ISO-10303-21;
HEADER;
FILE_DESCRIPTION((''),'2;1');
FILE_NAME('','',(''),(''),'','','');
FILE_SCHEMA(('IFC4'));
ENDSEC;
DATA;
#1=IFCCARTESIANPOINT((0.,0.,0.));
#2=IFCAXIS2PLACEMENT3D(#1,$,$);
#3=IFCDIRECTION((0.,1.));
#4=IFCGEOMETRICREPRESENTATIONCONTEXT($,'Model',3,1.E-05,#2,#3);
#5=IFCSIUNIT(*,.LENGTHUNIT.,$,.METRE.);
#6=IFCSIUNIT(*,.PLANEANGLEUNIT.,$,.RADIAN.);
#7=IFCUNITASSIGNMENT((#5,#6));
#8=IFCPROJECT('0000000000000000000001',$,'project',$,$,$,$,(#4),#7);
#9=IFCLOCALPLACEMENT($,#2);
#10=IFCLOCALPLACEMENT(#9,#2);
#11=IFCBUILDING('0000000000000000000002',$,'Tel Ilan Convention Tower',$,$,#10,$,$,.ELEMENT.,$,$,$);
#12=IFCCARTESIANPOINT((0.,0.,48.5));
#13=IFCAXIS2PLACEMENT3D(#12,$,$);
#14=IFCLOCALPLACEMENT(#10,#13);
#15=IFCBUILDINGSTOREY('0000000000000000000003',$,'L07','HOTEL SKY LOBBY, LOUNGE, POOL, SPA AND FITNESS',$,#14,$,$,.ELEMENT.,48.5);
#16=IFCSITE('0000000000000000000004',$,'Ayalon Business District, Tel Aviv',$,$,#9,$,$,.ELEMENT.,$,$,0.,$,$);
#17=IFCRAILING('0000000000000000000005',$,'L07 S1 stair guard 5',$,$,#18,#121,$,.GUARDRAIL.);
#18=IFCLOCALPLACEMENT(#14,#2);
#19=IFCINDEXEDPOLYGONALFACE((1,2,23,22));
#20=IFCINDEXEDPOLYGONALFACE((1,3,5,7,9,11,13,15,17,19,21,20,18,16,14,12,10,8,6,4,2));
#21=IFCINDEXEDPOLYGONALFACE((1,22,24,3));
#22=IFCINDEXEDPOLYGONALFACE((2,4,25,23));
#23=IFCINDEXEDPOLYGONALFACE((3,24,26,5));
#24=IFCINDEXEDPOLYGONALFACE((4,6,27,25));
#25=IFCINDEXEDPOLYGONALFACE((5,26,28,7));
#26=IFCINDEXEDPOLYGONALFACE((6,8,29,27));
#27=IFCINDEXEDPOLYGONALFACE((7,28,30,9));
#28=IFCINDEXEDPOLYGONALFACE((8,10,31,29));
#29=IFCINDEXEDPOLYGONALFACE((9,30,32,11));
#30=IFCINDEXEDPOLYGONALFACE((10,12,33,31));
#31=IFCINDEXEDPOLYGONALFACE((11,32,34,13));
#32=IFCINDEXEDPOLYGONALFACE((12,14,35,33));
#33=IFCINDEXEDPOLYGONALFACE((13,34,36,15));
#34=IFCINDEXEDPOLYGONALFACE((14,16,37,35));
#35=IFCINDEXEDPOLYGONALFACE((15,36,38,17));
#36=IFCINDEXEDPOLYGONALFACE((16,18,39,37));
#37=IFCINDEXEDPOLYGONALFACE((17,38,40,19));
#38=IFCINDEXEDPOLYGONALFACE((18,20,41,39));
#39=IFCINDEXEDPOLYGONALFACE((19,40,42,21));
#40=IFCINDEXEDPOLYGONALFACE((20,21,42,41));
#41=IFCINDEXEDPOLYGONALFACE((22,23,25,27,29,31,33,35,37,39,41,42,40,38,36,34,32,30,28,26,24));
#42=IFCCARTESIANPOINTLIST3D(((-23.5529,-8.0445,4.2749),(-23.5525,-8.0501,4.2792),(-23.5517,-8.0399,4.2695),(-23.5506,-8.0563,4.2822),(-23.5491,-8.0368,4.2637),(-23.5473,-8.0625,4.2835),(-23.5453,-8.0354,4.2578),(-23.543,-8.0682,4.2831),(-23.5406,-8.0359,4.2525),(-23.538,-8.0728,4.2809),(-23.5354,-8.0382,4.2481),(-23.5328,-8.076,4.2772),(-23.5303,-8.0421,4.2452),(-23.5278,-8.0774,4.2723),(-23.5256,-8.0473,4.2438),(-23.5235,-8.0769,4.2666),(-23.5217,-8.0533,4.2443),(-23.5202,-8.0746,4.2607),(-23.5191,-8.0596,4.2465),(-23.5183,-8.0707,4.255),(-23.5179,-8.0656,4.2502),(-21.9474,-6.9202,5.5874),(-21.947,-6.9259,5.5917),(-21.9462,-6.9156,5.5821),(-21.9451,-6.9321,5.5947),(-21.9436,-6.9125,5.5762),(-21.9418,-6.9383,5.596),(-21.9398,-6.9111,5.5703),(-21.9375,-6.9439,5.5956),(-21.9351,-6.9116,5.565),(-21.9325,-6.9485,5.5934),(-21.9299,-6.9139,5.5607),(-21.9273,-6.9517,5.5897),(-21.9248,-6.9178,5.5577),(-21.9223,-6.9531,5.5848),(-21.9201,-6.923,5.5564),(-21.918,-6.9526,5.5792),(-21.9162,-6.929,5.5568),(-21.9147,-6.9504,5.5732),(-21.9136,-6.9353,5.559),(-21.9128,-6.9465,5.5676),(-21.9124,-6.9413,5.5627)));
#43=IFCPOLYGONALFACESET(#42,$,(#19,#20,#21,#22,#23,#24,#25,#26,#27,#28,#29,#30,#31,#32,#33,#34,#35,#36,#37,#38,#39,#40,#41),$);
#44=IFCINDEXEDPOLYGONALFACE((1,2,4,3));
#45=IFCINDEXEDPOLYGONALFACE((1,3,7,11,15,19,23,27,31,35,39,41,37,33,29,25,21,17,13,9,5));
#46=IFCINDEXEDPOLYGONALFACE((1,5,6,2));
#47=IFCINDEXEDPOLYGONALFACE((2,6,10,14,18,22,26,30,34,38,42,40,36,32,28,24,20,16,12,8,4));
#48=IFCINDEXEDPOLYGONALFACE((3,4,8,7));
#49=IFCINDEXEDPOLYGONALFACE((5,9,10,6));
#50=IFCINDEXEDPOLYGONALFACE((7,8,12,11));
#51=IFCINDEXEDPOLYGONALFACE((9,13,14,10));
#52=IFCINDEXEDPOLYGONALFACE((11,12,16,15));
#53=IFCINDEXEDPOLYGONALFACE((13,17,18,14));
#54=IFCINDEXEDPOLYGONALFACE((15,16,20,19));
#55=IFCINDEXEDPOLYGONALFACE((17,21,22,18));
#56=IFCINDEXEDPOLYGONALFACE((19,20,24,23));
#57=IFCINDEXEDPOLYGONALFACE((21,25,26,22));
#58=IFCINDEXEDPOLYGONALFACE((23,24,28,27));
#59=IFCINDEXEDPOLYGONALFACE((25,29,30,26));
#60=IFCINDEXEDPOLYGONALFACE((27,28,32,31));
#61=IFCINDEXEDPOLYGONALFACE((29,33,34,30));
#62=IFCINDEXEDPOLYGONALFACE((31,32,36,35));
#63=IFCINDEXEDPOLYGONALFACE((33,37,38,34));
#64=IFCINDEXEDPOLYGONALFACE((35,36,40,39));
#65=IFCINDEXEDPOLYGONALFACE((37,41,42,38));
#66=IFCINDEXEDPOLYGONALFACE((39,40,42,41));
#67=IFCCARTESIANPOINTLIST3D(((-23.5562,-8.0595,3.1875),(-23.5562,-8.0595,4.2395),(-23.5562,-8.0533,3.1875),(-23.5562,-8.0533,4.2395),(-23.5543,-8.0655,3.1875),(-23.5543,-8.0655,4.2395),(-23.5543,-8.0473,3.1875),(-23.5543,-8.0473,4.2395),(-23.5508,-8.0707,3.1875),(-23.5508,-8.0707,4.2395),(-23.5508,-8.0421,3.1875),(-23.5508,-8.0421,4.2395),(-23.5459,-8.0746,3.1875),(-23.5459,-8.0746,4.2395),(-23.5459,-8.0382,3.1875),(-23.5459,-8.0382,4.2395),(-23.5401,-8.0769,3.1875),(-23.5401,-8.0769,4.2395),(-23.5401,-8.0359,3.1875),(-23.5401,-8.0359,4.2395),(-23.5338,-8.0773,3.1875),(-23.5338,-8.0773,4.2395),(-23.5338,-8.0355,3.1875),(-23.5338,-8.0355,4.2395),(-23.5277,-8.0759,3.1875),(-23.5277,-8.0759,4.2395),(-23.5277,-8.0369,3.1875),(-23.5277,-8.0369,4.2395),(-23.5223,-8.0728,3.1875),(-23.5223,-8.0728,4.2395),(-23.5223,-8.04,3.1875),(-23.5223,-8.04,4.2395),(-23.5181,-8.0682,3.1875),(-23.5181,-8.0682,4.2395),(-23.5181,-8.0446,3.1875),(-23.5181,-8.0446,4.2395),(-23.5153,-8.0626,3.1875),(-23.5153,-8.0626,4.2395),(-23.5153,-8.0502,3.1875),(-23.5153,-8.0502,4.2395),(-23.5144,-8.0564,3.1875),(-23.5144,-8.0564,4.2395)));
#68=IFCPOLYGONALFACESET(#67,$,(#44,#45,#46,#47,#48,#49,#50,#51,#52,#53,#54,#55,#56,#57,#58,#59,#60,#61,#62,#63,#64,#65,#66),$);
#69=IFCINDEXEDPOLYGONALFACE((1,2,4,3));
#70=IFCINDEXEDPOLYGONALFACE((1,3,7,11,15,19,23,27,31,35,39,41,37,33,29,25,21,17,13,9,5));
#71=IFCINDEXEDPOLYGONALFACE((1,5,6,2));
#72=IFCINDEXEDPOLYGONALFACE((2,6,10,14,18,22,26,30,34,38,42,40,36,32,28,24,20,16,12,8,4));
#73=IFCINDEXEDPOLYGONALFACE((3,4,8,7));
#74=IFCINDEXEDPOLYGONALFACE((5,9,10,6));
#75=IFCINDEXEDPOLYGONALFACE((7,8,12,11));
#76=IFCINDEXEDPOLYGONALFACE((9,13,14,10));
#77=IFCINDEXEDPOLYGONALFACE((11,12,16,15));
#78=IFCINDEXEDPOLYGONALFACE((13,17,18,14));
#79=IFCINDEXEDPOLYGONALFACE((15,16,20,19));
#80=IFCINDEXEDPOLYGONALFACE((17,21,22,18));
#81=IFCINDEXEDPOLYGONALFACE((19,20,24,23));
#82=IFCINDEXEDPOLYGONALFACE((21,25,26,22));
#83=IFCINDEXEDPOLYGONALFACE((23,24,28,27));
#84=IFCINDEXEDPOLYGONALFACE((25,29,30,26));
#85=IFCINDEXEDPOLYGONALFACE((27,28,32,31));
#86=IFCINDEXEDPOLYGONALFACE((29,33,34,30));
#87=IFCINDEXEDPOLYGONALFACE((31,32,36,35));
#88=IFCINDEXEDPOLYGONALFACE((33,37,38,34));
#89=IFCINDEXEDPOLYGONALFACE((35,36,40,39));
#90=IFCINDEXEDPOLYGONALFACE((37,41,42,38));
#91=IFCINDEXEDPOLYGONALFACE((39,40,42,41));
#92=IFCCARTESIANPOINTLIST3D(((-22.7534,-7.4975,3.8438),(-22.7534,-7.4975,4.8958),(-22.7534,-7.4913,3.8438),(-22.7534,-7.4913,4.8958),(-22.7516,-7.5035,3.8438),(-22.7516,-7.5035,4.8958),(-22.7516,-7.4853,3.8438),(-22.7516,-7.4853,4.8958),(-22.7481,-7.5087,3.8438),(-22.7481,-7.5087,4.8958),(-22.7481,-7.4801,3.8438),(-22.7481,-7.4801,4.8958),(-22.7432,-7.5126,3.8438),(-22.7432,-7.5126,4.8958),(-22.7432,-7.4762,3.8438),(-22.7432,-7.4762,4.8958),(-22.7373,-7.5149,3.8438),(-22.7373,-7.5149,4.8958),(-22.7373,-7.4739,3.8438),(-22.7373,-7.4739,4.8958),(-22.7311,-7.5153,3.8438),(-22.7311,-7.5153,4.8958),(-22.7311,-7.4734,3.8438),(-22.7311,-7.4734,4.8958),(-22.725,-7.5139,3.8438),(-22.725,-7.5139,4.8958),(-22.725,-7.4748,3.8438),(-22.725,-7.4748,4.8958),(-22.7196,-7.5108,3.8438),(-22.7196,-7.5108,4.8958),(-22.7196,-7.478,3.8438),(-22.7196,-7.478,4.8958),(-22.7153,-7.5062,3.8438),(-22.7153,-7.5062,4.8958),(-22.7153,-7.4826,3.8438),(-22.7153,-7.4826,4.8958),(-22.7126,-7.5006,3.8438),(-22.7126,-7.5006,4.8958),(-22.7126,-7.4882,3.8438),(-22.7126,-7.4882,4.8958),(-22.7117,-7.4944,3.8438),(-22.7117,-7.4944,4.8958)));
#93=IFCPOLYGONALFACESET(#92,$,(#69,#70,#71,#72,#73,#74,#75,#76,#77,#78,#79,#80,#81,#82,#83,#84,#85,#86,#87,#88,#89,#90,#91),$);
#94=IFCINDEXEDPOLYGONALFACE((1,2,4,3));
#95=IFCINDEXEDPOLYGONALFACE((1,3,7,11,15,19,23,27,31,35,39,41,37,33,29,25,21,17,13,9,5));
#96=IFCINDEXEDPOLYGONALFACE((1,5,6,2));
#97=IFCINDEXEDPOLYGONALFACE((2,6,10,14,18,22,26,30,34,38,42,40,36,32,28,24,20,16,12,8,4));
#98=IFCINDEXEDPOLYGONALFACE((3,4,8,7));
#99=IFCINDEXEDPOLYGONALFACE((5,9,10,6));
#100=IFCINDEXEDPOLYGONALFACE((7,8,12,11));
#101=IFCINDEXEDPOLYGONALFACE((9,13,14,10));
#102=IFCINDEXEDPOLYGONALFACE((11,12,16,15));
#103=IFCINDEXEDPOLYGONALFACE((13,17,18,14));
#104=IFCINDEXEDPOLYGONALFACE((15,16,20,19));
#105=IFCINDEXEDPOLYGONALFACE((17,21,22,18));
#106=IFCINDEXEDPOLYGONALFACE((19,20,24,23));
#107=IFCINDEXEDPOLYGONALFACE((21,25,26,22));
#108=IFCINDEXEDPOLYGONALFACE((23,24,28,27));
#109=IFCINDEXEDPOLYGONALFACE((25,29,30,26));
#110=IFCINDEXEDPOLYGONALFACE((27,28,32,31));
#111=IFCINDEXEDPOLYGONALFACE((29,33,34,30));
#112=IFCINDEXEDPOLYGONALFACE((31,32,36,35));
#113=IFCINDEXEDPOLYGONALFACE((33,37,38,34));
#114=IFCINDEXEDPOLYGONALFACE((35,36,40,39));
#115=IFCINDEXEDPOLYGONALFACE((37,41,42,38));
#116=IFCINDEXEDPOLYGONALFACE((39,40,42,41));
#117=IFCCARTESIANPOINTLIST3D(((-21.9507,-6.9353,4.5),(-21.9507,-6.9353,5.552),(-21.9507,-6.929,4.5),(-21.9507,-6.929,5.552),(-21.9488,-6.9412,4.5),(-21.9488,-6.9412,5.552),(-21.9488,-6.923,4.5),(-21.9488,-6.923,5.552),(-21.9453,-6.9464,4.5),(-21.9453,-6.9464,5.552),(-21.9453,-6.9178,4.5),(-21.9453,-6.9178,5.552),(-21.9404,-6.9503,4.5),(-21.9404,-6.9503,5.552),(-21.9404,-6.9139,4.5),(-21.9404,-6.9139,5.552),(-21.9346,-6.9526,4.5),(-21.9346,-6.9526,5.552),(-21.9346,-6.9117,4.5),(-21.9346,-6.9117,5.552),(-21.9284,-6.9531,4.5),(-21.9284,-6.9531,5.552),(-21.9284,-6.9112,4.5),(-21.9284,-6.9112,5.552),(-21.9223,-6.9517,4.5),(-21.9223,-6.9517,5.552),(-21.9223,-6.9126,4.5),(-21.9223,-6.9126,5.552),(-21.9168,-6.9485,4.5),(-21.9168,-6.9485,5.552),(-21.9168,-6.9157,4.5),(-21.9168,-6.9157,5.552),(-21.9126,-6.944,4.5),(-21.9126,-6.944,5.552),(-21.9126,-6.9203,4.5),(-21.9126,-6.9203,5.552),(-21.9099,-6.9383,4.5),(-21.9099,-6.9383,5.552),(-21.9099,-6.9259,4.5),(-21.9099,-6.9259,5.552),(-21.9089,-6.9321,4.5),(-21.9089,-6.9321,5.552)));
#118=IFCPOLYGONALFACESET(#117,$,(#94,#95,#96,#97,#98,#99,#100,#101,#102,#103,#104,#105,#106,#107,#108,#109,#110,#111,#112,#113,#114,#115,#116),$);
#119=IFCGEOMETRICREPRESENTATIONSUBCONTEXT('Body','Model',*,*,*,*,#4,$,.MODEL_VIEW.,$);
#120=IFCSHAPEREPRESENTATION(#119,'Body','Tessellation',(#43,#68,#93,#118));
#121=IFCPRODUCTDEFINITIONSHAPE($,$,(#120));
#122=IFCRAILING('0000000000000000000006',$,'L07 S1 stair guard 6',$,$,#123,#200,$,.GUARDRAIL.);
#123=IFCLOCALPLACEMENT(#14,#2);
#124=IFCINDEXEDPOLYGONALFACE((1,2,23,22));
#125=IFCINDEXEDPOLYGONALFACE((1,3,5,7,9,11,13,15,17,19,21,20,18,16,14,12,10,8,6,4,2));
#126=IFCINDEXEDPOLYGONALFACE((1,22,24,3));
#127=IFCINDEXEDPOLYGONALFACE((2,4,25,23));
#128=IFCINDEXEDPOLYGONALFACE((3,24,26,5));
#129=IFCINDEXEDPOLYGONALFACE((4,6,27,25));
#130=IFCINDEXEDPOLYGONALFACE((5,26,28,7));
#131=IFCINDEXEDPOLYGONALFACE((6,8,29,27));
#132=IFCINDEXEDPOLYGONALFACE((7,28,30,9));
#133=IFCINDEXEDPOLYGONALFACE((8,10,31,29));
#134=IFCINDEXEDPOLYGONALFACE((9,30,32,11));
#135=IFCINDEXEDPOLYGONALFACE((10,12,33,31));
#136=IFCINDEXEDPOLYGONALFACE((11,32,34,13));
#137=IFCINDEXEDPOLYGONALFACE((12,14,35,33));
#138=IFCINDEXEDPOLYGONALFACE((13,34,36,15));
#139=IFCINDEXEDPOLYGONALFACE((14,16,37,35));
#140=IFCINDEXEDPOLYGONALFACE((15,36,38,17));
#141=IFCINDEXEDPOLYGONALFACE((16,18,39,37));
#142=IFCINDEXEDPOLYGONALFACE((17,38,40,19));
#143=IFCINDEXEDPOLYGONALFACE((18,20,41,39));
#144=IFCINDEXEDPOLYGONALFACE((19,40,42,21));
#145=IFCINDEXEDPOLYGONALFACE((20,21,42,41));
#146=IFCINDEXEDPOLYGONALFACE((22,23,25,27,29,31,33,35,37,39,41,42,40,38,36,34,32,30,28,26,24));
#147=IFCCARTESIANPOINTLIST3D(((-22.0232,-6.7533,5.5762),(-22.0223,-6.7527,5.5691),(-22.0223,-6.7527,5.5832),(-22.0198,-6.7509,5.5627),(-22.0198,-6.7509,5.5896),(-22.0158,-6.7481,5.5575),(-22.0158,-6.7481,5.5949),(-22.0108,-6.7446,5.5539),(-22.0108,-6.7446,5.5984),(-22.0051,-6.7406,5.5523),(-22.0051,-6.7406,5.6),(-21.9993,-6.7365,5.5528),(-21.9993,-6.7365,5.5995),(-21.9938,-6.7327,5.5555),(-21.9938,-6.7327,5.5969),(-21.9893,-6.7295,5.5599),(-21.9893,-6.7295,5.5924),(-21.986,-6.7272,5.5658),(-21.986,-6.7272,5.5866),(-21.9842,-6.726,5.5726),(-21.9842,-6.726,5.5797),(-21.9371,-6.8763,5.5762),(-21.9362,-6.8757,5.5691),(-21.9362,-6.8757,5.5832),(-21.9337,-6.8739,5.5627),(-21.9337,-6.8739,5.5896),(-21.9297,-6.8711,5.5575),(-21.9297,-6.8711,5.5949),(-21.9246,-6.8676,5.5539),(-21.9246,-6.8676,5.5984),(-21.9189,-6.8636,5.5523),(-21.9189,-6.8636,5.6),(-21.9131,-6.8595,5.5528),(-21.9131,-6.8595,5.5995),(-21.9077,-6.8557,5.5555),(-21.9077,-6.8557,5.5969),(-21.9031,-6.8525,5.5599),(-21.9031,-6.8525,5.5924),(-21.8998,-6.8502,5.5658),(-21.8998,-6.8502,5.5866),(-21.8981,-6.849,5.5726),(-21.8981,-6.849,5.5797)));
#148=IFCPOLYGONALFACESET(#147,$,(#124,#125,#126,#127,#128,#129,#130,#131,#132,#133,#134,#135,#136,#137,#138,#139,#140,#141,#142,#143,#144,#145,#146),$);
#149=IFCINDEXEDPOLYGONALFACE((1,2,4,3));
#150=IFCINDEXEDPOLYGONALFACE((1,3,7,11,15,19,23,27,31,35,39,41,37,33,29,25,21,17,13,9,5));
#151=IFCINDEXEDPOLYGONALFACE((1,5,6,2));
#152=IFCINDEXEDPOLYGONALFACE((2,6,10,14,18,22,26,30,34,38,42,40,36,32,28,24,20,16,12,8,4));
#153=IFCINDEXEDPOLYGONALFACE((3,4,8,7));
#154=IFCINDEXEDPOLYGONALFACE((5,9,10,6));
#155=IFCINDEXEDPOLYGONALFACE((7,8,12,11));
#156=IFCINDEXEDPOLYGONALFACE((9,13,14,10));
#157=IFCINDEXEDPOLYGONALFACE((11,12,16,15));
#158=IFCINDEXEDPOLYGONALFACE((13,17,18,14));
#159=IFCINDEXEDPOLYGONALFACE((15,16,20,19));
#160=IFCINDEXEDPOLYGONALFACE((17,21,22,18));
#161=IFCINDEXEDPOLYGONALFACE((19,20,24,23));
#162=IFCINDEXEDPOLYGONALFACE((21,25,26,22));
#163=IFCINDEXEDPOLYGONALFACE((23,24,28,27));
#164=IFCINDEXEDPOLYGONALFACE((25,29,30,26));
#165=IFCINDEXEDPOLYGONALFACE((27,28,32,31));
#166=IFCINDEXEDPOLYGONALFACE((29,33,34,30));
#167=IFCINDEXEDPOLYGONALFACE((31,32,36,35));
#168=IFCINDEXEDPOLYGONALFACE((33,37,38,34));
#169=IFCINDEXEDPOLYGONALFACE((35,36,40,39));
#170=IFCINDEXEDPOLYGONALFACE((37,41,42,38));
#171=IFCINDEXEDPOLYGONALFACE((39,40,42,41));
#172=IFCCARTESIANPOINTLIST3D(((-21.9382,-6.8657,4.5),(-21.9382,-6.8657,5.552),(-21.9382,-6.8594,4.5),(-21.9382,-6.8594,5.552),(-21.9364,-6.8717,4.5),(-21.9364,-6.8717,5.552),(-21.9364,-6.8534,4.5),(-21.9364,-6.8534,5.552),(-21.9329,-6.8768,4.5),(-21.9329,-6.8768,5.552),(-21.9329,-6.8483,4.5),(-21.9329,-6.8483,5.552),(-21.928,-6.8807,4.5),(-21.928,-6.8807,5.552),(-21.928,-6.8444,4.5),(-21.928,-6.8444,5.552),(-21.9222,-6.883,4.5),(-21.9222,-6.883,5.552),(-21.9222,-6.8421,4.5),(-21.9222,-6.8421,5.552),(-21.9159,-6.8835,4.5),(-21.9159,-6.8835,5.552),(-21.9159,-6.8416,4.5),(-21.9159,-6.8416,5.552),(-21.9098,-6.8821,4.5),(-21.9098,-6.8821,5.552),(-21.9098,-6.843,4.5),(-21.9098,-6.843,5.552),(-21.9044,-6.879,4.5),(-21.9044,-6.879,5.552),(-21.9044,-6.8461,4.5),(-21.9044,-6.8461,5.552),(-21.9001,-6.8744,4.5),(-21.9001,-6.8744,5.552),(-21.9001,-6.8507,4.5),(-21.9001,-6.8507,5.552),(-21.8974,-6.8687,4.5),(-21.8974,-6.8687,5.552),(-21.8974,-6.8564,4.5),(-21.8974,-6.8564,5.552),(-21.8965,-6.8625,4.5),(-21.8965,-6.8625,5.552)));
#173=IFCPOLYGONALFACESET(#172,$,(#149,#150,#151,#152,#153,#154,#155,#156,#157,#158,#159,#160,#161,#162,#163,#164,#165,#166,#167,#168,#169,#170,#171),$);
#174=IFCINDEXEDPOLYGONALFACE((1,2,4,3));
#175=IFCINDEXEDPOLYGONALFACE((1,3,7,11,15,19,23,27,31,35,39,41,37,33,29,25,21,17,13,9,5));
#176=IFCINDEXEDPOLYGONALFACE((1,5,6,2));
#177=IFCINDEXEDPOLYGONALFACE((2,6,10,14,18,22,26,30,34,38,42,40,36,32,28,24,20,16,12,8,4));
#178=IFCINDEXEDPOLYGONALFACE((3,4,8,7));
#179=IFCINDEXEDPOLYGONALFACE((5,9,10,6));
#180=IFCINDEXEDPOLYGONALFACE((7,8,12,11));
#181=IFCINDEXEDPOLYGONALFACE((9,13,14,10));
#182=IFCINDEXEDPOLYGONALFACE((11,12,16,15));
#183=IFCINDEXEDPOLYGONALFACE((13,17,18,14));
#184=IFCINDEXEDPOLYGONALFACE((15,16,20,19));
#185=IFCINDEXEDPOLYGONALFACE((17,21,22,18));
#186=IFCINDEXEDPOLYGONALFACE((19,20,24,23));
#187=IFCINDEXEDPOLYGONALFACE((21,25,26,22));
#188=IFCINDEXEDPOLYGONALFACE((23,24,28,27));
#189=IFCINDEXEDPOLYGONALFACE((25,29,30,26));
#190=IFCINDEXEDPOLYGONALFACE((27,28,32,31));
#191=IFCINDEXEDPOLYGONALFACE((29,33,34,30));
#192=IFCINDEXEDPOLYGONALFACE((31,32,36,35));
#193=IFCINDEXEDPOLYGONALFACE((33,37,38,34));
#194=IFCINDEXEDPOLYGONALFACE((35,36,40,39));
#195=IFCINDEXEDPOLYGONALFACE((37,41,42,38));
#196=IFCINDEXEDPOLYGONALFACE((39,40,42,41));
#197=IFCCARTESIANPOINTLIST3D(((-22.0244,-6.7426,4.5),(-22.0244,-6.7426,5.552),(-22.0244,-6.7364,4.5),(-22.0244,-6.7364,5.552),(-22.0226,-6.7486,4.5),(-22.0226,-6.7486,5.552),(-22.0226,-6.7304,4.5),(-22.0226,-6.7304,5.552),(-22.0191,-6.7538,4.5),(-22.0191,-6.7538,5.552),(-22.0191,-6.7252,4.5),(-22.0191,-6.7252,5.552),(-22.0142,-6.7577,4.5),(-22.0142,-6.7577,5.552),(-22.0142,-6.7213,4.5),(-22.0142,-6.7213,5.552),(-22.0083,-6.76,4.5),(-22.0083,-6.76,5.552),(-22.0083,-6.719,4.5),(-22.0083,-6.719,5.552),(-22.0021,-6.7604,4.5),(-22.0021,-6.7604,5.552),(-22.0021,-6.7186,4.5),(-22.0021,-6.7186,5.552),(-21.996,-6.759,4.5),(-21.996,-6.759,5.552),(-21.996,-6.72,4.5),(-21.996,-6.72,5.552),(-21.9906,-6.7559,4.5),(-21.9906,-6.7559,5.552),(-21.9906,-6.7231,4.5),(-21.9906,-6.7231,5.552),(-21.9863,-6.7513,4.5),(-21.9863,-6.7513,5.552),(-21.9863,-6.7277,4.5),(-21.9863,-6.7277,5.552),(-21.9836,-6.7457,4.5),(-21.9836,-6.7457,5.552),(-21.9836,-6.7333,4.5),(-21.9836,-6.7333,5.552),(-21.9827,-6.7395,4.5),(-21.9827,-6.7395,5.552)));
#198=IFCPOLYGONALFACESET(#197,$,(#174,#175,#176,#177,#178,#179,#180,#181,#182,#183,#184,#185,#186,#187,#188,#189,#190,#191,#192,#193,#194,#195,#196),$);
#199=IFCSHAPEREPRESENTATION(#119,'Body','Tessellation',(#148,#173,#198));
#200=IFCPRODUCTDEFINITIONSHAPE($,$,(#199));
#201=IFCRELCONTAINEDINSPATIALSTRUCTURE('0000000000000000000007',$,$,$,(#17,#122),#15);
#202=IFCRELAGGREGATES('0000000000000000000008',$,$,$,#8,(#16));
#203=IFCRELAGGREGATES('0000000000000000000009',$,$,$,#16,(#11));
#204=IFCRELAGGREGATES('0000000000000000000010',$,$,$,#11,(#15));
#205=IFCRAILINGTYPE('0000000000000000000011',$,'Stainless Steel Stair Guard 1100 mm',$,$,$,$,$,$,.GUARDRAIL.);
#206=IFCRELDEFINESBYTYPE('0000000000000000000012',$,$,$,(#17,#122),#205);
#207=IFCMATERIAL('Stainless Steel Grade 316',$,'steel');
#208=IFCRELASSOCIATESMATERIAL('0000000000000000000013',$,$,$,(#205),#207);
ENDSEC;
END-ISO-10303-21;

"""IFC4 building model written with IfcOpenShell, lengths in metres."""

from ifc_helpers import new_model, si_unit, direction, frame, origin, origin_2d, place, context, subcontext, project, spatial, circle, extrude, material, type_object, element, save


model = new_model("IFC4")

# Units and contexts
model_context = context("Model", 3, precision=1e-05, world=origin(), true_north=direction((0.0, 1.0)))
body_context = subcontext(model_context, "Body", "Model", "MODEL_VIEW")
ifc_project = project(units=[si_unit("LENGTHUNIT", "METRE"), si_unit("PLANEANGLEUNIT", "RADIAN")], contexts=[model_context])

# Site, building, storey
site_placement = place(None, origin())
site = spatial("IfcSite", under=ifc_project, at=site_placement, Name="Ayalon Business District, Tel Aviv", CompositionType="ELEMENT", RefElevation=0.0)
building_placement = place(site_placement, origin())
building = spatial("IfcBuilding", under=site, at=building_placement, Name="Tel Ilan Convention Tower", CompositionType="ELEMENT")
storey_placement = place(building_placement, frame((0.0, 0.0, 48.5)))
storey = spatial("IfcBuildingStorey", under=building, at=storey_placement, Name="L07", Description="HOTEL SKY LOBBY, LOUNGE, POOL, SPA AND FITNESS", CompositionType="ELEMENT", Elevation=48.5)

# Railings
ifc_material_1 = material(Name="Stainless Steel Grade 316", Category="steel")
railing_type_1 = type_object("IfcRailingType", Name="Stainless Steel Stair Guard 1100 mm", PredefinedType="GUARDRAIL", material=ifc_material_1)
railing_1_placement = place(storey_placement, frame((-23.5354, -8.0564, 3.1875)))
element("IfcRailing", 1, at=railing_1_placement, inside=storey, type_object=railing_type_1, Name="L07 S1 stair guard 5", PredefinedType="GUARDRAIL", context=body_context, shape_type="SweptSolid", body=[
    extrude(circle(Radius=0.0239, at=origin_2d()), frame((0.0, 0.0, 1.0762), z_axis=(0.680616, 0.476617, 0.556416), x_axis=(-0.573613, 0.819127, 0.0)), (0.0, 0.0, 1.0), 2.3589),
    extrude(circle(Radius=0.021, at=origin_2d()), origin(), (0.0, 0.0, 1.0), 1.052),
    extrude(circle(Radius=0.021, at=origin_2d()), frame((0.8027, 0.562, 0.6562)), (0.0, 0.0, 1.0), 1.052),
    extrude(circle(Radius=0.021, at=origin_2d()), frame((1.6055, 1.1243, 1.3125)), (0.0, 0.0, 1.0), 1.052),
])
railing_2_placement = place(storey_placement, frame((-21.9175, -6.8625, 4.5)))
element("IfcRailing", 2, at=railing_2_placement, inside=storey, type_object=railing_type_1, Name="L07 S1 stair guard 6", PredefinedType="GUARDRAIL", context=body_context, shape_type="SweptSolid", body=[
    extrude(circle(Radius=0.0239, at=origin_2d()), frame((0.0, 0.0, 1.0762), z_axis=(-0.57368, 0.819079, 0.0), x_axis=(-0.819079, -0.57368, 0.0)), (0.0, 0.0, 1.0), 0.1501),
    extrude(circle(Radius=0.021, at=origin_2d()), origin(), (0.0, 0.0, 1.0), 1.052),
    extrude(circle(Radius=0.021, at=origin_2d()), frame((-0.0862, 0.123, 0.0)), (0.0, 0.0, 1.0), 1.052),
])

save(model, "model.ifc")
